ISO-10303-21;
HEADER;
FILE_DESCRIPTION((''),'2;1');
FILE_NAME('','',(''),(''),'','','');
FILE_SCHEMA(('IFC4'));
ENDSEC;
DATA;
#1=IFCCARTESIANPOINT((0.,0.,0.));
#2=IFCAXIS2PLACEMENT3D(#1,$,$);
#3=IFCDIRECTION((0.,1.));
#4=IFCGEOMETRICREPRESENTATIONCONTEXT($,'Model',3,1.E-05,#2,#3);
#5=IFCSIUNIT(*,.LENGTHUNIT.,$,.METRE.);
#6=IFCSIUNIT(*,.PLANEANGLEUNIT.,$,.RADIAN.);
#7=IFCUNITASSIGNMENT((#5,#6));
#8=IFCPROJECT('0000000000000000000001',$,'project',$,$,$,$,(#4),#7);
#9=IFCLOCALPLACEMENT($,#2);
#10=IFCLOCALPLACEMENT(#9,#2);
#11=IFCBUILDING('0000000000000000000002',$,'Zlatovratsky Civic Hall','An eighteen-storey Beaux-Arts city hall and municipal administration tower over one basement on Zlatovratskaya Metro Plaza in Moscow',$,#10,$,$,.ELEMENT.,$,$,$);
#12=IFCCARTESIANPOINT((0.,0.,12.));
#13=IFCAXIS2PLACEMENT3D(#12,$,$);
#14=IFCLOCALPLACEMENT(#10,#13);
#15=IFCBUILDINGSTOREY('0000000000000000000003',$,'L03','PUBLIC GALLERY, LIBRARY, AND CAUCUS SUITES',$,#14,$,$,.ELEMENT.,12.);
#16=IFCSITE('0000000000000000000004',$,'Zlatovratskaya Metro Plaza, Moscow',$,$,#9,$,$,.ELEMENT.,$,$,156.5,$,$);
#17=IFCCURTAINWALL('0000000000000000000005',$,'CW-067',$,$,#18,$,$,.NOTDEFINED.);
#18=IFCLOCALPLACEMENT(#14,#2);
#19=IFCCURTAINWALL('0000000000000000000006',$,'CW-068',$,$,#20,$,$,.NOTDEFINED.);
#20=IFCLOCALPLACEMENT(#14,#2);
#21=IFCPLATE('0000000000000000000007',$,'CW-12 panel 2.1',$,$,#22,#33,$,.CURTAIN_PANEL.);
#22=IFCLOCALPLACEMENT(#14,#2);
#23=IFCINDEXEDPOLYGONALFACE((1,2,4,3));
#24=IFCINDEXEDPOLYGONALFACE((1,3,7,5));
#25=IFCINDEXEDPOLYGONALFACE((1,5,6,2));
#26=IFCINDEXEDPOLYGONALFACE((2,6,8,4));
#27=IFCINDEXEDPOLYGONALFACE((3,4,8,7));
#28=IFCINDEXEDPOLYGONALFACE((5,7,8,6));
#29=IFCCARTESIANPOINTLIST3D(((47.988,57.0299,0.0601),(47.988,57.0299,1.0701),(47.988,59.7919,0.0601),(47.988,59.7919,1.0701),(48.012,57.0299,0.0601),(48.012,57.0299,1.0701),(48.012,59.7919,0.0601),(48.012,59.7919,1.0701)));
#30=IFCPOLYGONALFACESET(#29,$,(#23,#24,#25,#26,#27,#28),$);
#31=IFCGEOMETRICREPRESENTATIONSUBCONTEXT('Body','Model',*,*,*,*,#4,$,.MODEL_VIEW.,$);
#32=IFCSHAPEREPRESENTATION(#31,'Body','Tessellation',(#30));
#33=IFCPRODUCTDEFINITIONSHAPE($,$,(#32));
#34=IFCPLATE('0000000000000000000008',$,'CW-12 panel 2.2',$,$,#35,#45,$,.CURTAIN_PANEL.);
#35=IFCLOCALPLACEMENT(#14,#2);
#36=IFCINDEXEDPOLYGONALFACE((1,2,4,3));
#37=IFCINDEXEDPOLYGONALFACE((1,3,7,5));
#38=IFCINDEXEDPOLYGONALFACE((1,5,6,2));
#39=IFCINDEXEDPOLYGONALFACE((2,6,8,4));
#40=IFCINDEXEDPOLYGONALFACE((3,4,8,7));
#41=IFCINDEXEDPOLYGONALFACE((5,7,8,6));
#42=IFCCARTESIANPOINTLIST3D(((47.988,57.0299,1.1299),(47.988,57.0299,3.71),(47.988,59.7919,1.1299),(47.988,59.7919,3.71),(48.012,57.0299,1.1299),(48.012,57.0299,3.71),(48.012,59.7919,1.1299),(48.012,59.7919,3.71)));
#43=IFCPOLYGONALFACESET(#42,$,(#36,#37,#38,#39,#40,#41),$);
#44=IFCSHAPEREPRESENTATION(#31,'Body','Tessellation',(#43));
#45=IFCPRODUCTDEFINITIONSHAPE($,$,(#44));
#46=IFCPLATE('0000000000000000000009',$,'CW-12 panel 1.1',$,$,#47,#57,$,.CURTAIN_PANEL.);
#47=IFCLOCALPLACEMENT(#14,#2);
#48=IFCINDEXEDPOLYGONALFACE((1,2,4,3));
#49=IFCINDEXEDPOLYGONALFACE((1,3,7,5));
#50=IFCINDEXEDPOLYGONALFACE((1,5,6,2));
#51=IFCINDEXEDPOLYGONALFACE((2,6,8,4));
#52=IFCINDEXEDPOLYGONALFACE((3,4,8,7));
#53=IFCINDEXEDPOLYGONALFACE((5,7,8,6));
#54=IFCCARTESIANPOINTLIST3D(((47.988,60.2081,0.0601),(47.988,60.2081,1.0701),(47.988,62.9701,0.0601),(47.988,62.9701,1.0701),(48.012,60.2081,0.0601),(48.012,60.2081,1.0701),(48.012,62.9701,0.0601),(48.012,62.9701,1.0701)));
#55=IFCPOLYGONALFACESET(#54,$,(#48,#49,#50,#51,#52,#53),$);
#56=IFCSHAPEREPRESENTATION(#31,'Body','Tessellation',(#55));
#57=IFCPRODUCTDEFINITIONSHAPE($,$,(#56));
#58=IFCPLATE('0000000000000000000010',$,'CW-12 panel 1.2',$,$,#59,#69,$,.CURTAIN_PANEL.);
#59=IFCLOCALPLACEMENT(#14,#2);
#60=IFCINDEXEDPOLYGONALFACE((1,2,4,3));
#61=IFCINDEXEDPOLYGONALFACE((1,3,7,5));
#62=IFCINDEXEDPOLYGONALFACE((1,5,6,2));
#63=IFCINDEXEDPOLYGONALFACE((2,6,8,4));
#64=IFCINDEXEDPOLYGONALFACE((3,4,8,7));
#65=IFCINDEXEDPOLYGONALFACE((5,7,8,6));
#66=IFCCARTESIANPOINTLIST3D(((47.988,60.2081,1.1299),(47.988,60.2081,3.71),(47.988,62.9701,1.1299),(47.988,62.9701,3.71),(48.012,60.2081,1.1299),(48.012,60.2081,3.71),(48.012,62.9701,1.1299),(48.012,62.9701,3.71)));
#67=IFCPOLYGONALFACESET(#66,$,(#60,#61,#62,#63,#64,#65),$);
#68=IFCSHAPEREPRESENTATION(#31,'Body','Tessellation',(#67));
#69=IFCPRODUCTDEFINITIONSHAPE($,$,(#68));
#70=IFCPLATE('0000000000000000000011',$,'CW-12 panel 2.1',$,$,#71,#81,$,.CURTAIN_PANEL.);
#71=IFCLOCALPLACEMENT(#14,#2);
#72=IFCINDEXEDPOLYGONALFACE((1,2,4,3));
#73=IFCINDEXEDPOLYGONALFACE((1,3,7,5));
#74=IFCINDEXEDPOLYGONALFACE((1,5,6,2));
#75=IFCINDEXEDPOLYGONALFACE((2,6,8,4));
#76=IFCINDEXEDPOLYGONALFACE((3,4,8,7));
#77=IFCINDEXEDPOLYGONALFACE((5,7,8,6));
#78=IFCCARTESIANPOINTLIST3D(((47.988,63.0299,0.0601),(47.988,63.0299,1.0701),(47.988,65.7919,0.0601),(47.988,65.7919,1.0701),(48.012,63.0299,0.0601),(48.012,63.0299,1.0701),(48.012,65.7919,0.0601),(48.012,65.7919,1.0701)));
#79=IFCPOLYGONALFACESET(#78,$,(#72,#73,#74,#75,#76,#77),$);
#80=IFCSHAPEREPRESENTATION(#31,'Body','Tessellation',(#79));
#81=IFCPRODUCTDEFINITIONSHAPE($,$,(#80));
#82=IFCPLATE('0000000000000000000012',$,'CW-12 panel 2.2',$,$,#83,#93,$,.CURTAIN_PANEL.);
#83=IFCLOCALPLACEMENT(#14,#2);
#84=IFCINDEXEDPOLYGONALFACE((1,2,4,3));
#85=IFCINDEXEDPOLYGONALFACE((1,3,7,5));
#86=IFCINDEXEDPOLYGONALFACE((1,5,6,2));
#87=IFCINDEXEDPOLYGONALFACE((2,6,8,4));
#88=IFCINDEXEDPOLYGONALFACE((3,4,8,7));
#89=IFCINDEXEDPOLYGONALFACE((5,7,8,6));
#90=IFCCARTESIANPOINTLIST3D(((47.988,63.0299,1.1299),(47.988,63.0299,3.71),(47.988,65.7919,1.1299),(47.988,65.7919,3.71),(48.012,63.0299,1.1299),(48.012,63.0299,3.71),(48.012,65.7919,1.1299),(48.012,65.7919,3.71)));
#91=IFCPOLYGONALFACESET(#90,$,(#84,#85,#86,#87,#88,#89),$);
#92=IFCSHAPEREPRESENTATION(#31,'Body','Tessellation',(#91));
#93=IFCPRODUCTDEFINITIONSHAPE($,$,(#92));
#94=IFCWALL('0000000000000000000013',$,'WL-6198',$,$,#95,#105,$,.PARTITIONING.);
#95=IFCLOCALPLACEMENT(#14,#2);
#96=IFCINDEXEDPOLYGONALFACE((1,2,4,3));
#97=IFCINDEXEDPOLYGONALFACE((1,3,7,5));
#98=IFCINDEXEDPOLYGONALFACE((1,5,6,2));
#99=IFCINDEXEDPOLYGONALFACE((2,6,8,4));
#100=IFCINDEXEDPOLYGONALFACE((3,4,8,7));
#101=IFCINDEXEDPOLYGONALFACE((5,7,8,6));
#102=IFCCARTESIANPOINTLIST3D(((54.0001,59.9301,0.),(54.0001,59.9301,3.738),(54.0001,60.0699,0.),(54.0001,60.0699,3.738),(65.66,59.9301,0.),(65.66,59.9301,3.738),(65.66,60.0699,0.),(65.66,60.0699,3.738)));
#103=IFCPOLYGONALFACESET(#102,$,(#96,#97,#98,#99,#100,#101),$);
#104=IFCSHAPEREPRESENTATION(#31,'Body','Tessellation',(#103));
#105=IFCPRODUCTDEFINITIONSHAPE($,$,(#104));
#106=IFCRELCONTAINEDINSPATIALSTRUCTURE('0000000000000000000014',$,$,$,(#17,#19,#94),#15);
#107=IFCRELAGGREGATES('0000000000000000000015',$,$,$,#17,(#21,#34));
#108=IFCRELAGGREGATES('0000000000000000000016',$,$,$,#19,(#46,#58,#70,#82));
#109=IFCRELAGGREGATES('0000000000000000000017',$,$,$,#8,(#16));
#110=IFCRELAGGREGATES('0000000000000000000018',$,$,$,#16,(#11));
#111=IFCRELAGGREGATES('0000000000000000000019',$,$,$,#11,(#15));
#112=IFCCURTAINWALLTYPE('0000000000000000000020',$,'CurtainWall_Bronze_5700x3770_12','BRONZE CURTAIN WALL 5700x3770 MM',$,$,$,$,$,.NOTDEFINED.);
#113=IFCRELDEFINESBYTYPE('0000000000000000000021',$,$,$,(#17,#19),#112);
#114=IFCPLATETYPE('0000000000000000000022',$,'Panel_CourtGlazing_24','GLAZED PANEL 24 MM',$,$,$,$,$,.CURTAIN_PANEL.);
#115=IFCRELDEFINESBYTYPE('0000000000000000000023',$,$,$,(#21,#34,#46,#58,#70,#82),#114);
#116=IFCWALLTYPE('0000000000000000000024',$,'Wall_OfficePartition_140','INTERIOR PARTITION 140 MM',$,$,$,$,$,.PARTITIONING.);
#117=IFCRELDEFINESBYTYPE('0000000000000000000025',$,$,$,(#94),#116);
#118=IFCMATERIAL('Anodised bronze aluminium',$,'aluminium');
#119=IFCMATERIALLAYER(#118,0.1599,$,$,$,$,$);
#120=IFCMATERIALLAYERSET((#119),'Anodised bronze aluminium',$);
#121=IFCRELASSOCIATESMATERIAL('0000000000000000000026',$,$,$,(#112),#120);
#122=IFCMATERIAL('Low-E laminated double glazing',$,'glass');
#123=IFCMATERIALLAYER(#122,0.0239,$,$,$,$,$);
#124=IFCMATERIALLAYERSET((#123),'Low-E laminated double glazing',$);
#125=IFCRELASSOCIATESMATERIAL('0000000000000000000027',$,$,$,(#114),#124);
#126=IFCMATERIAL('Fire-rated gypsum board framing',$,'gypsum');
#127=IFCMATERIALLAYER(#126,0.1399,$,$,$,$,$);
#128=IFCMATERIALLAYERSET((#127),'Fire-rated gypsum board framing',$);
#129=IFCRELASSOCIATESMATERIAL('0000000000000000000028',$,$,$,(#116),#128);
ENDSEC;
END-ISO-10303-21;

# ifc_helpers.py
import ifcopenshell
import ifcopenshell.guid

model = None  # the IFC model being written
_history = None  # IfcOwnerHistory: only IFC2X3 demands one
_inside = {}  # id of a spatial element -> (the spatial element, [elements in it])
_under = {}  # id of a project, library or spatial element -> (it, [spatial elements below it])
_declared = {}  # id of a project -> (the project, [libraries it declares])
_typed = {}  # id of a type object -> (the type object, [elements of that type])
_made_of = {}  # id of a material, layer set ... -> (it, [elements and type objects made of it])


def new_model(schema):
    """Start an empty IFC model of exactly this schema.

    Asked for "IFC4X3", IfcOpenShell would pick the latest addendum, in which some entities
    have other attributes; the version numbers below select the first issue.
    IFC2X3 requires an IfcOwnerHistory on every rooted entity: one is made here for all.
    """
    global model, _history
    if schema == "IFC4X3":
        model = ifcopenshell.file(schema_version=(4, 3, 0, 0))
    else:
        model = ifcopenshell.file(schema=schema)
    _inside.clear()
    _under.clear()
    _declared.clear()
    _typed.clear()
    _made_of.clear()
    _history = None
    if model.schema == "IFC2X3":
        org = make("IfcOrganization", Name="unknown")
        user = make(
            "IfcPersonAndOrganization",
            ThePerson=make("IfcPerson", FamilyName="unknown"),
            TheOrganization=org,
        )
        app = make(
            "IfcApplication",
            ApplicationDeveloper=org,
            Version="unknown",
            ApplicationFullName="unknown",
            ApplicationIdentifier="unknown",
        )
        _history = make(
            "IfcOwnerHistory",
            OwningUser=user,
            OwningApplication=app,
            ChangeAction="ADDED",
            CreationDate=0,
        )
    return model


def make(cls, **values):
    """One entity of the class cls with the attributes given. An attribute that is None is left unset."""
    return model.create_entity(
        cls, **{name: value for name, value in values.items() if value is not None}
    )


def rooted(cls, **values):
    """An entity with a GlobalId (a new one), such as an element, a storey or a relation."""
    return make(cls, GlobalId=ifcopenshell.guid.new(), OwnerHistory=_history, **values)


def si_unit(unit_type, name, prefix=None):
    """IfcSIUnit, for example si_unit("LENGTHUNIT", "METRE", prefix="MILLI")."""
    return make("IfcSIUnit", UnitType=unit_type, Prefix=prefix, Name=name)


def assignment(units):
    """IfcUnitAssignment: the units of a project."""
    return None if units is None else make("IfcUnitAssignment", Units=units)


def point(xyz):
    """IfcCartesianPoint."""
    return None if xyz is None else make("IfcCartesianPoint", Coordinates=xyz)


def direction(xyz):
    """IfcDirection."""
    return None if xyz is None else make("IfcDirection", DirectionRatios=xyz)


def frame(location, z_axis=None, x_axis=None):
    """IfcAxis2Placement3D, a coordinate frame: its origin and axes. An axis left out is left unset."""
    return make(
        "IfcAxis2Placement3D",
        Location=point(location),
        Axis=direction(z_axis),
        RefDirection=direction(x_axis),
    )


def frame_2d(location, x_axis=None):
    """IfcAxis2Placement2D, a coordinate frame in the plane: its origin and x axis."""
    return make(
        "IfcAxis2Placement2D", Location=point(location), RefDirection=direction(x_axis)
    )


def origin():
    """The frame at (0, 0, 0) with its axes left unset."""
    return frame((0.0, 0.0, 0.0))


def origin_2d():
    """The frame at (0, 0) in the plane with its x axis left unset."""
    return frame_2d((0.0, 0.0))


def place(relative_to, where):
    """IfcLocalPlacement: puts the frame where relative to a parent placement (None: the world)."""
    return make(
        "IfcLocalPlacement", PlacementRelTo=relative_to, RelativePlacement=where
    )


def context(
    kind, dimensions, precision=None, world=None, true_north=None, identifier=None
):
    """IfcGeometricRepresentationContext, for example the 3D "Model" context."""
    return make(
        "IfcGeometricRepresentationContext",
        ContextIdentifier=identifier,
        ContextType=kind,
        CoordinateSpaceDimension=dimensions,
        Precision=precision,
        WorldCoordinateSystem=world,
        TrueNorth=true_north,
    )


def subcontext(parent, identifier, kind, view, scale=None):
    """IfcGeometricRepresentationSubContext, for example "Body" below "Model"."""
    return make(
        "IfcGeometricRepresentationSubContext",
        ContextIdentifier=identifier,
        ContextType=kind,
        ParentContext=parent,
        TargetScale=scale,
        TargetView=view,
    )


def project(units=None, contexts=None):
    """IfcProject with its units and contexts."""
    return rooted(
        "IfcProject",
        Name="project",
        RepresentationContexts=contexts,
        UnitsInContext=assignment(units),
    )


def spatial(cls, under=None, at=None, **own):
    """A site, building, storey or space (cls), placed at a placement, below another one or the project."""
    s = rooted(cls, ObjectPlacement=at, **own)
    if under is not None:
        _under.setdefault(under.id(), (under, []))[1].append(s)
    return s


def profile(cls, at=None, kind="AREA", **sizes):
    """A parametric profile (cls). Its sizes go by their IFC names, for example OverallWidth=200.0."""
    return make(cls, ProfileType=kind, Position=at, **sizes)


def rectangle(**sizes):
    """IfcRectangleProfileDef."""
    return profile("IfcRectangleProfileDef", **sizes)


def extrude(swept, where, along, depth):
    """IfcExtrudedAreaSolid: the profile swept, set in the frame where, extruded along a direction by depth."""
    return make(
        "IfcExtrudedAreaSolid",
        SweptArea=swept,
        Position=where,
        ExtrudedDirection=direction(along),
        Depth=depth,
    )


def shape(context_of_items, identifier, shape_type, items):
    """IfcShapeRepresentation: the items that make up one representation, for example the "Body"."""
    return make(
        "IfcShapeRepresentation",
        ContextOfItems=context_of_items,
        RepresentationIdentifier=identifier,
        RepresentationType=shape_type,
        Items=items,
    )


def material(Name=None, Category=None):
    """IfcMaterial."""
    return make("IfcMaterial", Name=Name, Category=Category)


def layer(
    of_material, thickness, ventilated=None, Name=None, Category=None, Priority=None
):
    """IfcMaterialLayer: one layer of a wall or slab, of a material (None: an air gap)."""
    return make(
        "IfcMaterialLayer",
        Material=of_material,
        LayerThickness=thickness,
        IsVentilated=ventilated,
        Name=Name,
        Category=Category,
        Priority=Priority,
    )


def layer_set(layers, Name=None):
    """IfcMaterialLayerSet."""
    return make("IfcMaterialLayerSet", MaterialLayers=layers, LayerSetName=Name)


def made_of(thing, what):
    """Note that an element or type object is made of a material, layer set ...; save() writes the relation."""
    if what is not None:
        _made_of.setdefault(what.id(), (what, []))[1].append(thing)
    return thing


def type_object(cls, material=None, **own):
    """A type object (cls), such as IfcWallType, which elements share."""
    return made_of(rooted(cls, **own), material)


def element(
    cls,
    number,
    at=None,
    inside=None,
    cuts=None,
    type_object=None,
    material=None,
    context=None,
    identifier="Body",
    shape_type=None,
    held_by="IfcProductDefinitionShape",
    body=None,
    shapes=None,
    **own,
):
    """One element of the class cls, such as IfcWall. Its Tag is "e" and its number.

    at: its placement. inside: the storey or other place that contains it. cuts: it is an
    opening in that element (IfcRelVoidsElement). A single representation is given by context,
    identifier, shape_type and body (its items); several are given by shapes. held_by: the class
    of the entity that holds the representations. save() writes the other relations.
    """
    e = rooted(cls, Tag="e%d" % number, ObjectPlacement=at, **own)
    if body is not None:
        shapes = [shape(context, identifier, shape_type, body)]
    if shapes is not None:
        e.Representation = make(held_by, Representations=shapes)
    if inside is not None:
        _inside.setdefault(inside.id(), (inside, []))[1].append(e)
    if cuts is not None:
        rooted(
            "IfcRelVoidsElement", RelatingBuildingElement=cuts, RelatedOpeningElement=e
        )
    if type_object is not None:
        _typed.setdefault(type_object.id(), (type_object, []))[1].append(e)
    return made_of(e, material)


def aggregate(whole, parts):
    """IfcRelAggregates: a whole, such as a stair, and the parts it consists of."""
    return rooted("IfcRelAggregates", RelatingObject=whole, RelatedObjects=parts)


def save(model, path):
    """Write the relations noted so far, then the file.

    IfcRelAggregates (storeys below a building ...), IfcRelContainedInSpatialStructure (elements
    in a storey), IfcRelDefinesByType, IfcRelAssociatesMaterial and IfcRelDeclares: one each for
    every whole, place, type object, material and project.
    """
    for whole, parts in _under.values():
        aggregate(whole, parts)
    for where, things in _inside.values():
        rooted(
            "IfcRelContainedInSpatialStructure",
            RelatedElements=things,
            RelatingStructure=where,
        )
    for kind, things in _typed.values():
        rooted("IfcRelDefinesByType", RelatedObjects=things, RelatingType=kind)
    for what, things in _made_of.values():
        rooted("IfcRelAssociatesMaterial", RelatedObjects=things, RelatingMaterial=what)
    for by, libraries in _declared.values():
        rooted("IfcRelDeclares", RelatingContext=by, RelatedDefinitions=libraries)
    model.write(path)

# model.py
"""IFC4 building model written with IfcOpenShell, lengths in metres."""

from ifc_helpers import new_model, si_unit, direction, frame, frame_2d, origin, origin_2d, place, context, subcontext, project, spatial, rectangle, extrude, material, layer, layer_set, type_object, element, aggregate, save


model = new_model("IFC4")

# Units and contexts
model_context = context("Model", 3, precision=1e-05, world=origin(), true_north=direction((0.0, 1.0)))
body_context = subcontext(model_context, "Body", "Model", "MODEL_VIEW")
ifc_project = project(units=[si_unit("LENGTHUNIT", "METRE"), si_unit("PLANEANGLEUNIT", "RADIAN")], contexts=[model_context])

# Site, building, storey
site_placement = place(None, origin())
site = spatial("IfcSite", under=ifc_project, at=site_placement, Name="Zlatovratskaya Metro Plaza, Moscow", CompositionType="ELEMENT", RefElevation=156.5)
building_placement = place(site_placement, origin())
building = spatial("IfcBuilding", under=site, at=building_placement, Name="Zlatovratsky Civic Hall", Description="An eighteen-storey Beaux-Arts city hall and municipal administration tower over one basement on Zlatovratskaya Metro Plaza in Moscow", CompositionType="ELEMENT")
storey_placement = place(building_placement, frame((0.0, 0.0, 12.0)))
storey = spatial("IfcBuildingStorey", under=building, at=storey_placement, Name="L03", Description="PUBLIC GALLERY, LIBRARY, AND CAUCUS SUITES", CompositionType="ELEMENT", Elevation=12.0)

# Curtain wall
ifc_material_1 = material(Name="Anodised bronze aluminium", Category="aluminium")
ifc_layer_1 = layer(ifc_material_1, 0.1599)
ifc_layer_set_1 = layer_set([ifc_layer_1], Name="Anodised bronze aluminium")
curtain_wall_type_1 = type_object("IfcCurtainWallType", Name="CurtainWall_Bronze_5700x3770_12", Description="BRONZE CURTAIN WALL 5700x3770 MM", PredefinedType="NOTDEFINED", material=ifc_layer_set_1)
curtain_wall_1_placement = place(storey_placement, origin())
curtain_wall_1 = element("IfcCurtainWall", 1, at=curtain_wall_1_placement, inside=storey, type_object=curtain_wall_type_1, Name="CW-067", PredefinedType="NOTDEFINED")

# Curtain wall
curtain_wall_2_placement = place(storey_placement, origin())
curtain_wall_2 = element("IfcCurtainWall", 2, at=curtain_wall_2_placement, inside=storey, type_object=curtain_wall_type_1, Name="CW-068", PredefinedType="NOTDEFINED")

# Plates
ifc_material_2 = material(Name="Low-E laminated double glazing", Category="glass")
ifc_layer_2 = layer(ifc_material_2, 0.0239)
ifc_layer_set_2 = layer_set([ifc_layer_2], Name="Low-E laminated double glazing")
plate_type = type_object("IfcPlateType", Name="Panel_CourtGlazing_24", Description="GLAZED PANEL 24 MM", PredefinedType="CURTAIN_PANEL", material=ifc_layer_set_2)
plate_1_placement = place(storey_placement, frame((48.0, 58.4109, 0.0601), z_axis=(0.0, 0.0, 1.0), x_axis=(0.0, 1.0, 0.0)))
plate_1 = element("IfcPlate", 3, at=plate_1_placement, type_object=plate_type, Name="CW-12 panel 2.1", PredefinedType="CURTAIN_PANEL", context=body_context, shape_type="SweptSolid", body=[
    extrude(rectangle(XDim=2.762, YDim=0.0239, at=origin_2d()), origin(), (0.0, 0.0, 1.0), 1.01),
])
plate_2_placement = place(storey_placement, frame((48.0, 58.4109, 1.1299), z_axis=(0.0, 0.0, 1.0), x_axis=(0.0, 1.0, 0.0)))
plate_2 = element("IfcPlate", 4, at=plate_2_placement, type_object=plate_type, Name="CW-12 panel 2.2", PredefinedType="CURTAIN_PANEL", context=body_context, shape_type="SweptSolid", body=[
    extrude(rectangle(XDim=2.762, YDim=0.0239, at=origin_2d()), origin(), (0.0, 0.0, 1.0), 2.5801),
])
aggregate(curtain_wall_1, [plate_1, plate_2])
plate_3_placement = place(storey_placement, frame((48.0, 61.5891, 0.0601), z_axis=(0.0, 0.0, 1.0), x_axis=(0.0, 1.0, 0.0)))
plate_3 = element("IfcPlate", 5, at=plate_3_placement, type_object=plate_type, Name="CW-12 panel 1.1", PredefinedType="CURTAIN_PANEL", context=body_context, shape_type="SweptSolid", body=[
    extrude(rectangle(XDim=2.762, YDim=0.0239, at=origin_2d()), origin(), (0.0, 0.0, 1.0), 1.01),
])
plate_4_placement = place(storey_placement, frame((48.0, 61.5891, 1.1299), z_axis=(0.0, 0.0, 1.0), x_axis=(0.0, 1.0, 0.0)))
plate_4 = element("IfcPlate", 6, at=plate_4_placement, type_object=plate_type, Name="CW-12 panel 1.2", PredefinedType="CURTAIN_PANEL", context=body_context, shape_type="SweptSolid", body=[
    extrude(rectangle(XDim=2.762, YDim=0.0239, at=origin_2d()), origin(), (0.0, 0.0, 1.0), 2.5801),
])
plate_5_placement = place(storey_placement, frame((48.0, 64.4109, 0.0601), z_axis=(0.0, 0.0, 1.0), x_axis=(0.0, 1.0, 0.0)))
plate_5 = element("IfcPlate", 7, at=plate_5_placement, type_object=plate_type, Name="CW-12 panel 2.1", PredefinedType="CURTAIN_PANEL", context=body_context, shape_type="SweptSolid", body=[
    extrude(rectangle(XDim=2.762, YDim=0.0239, at=origin_2d()), origin(), (0.0, 0.0, 1.0), 1.01),
])
plate_6_placement = place(storey_placement, frame((48.0, 64.4109, 1.1299), z_axis=(0.0, 0.0, 1.0), x_axis=(0.0, 1.0, 0.0)))
plate_6 = element("IfcPlate", 8, at=plate_6_placement, type_object=plate_type, Name="CW-12 panel 2.2", PredefinedType="CURTAIN_PANEL", context=body_context, shape_type="SweptSolid", body=[
    extrude(rectangle(XDim=2.762, YDim=0.0239, at=origin_2d()), origin(), (0.0, 0.0, 1.0), 2.5801),
])
aggregate(curtain_wall_2, [plate_3, plate_4, plate_5, plate_6])

# Wall
ifc_material_3 = material(Name="Fire-rated gypsum board framing", Category="gypsum")
ifc_layer_3 = layer(ifc_material_3, 0.1399)
ifc_layer_set_3 = layer_set([ifc_layer_3], Name="Fire-rated gypsum board framing")
wall_type = type_object("IfcWallType", Name="Wall_OfficePartition_140", Description="INTERIOR PARTITION 140 MM", PredefinedType="PARTITIONING", material=ifc_layer_set_3)
wall_placement = place(storey_placement, frame((54.0, 60.0, 0.0), z_axis=(0.0, 0.0, 1.0), x_axis=(1.0, 0.0, 0.0)))
element("IfcWall", 9, at=wall_placement, inside=storey, type_object=wall_type, Name="WL-6198", PredefinedType="PARTITIONING", context=body_context, shape_type="SweptSolid", body=[
    extrude(rectangle(XDim=11.6599, YDim=0.1399, at=frame_2d((5.8301, 0.0))), origin(), (0.0, 0.0, 1.0), 3.738),
])

save(model, "model.ifc")
